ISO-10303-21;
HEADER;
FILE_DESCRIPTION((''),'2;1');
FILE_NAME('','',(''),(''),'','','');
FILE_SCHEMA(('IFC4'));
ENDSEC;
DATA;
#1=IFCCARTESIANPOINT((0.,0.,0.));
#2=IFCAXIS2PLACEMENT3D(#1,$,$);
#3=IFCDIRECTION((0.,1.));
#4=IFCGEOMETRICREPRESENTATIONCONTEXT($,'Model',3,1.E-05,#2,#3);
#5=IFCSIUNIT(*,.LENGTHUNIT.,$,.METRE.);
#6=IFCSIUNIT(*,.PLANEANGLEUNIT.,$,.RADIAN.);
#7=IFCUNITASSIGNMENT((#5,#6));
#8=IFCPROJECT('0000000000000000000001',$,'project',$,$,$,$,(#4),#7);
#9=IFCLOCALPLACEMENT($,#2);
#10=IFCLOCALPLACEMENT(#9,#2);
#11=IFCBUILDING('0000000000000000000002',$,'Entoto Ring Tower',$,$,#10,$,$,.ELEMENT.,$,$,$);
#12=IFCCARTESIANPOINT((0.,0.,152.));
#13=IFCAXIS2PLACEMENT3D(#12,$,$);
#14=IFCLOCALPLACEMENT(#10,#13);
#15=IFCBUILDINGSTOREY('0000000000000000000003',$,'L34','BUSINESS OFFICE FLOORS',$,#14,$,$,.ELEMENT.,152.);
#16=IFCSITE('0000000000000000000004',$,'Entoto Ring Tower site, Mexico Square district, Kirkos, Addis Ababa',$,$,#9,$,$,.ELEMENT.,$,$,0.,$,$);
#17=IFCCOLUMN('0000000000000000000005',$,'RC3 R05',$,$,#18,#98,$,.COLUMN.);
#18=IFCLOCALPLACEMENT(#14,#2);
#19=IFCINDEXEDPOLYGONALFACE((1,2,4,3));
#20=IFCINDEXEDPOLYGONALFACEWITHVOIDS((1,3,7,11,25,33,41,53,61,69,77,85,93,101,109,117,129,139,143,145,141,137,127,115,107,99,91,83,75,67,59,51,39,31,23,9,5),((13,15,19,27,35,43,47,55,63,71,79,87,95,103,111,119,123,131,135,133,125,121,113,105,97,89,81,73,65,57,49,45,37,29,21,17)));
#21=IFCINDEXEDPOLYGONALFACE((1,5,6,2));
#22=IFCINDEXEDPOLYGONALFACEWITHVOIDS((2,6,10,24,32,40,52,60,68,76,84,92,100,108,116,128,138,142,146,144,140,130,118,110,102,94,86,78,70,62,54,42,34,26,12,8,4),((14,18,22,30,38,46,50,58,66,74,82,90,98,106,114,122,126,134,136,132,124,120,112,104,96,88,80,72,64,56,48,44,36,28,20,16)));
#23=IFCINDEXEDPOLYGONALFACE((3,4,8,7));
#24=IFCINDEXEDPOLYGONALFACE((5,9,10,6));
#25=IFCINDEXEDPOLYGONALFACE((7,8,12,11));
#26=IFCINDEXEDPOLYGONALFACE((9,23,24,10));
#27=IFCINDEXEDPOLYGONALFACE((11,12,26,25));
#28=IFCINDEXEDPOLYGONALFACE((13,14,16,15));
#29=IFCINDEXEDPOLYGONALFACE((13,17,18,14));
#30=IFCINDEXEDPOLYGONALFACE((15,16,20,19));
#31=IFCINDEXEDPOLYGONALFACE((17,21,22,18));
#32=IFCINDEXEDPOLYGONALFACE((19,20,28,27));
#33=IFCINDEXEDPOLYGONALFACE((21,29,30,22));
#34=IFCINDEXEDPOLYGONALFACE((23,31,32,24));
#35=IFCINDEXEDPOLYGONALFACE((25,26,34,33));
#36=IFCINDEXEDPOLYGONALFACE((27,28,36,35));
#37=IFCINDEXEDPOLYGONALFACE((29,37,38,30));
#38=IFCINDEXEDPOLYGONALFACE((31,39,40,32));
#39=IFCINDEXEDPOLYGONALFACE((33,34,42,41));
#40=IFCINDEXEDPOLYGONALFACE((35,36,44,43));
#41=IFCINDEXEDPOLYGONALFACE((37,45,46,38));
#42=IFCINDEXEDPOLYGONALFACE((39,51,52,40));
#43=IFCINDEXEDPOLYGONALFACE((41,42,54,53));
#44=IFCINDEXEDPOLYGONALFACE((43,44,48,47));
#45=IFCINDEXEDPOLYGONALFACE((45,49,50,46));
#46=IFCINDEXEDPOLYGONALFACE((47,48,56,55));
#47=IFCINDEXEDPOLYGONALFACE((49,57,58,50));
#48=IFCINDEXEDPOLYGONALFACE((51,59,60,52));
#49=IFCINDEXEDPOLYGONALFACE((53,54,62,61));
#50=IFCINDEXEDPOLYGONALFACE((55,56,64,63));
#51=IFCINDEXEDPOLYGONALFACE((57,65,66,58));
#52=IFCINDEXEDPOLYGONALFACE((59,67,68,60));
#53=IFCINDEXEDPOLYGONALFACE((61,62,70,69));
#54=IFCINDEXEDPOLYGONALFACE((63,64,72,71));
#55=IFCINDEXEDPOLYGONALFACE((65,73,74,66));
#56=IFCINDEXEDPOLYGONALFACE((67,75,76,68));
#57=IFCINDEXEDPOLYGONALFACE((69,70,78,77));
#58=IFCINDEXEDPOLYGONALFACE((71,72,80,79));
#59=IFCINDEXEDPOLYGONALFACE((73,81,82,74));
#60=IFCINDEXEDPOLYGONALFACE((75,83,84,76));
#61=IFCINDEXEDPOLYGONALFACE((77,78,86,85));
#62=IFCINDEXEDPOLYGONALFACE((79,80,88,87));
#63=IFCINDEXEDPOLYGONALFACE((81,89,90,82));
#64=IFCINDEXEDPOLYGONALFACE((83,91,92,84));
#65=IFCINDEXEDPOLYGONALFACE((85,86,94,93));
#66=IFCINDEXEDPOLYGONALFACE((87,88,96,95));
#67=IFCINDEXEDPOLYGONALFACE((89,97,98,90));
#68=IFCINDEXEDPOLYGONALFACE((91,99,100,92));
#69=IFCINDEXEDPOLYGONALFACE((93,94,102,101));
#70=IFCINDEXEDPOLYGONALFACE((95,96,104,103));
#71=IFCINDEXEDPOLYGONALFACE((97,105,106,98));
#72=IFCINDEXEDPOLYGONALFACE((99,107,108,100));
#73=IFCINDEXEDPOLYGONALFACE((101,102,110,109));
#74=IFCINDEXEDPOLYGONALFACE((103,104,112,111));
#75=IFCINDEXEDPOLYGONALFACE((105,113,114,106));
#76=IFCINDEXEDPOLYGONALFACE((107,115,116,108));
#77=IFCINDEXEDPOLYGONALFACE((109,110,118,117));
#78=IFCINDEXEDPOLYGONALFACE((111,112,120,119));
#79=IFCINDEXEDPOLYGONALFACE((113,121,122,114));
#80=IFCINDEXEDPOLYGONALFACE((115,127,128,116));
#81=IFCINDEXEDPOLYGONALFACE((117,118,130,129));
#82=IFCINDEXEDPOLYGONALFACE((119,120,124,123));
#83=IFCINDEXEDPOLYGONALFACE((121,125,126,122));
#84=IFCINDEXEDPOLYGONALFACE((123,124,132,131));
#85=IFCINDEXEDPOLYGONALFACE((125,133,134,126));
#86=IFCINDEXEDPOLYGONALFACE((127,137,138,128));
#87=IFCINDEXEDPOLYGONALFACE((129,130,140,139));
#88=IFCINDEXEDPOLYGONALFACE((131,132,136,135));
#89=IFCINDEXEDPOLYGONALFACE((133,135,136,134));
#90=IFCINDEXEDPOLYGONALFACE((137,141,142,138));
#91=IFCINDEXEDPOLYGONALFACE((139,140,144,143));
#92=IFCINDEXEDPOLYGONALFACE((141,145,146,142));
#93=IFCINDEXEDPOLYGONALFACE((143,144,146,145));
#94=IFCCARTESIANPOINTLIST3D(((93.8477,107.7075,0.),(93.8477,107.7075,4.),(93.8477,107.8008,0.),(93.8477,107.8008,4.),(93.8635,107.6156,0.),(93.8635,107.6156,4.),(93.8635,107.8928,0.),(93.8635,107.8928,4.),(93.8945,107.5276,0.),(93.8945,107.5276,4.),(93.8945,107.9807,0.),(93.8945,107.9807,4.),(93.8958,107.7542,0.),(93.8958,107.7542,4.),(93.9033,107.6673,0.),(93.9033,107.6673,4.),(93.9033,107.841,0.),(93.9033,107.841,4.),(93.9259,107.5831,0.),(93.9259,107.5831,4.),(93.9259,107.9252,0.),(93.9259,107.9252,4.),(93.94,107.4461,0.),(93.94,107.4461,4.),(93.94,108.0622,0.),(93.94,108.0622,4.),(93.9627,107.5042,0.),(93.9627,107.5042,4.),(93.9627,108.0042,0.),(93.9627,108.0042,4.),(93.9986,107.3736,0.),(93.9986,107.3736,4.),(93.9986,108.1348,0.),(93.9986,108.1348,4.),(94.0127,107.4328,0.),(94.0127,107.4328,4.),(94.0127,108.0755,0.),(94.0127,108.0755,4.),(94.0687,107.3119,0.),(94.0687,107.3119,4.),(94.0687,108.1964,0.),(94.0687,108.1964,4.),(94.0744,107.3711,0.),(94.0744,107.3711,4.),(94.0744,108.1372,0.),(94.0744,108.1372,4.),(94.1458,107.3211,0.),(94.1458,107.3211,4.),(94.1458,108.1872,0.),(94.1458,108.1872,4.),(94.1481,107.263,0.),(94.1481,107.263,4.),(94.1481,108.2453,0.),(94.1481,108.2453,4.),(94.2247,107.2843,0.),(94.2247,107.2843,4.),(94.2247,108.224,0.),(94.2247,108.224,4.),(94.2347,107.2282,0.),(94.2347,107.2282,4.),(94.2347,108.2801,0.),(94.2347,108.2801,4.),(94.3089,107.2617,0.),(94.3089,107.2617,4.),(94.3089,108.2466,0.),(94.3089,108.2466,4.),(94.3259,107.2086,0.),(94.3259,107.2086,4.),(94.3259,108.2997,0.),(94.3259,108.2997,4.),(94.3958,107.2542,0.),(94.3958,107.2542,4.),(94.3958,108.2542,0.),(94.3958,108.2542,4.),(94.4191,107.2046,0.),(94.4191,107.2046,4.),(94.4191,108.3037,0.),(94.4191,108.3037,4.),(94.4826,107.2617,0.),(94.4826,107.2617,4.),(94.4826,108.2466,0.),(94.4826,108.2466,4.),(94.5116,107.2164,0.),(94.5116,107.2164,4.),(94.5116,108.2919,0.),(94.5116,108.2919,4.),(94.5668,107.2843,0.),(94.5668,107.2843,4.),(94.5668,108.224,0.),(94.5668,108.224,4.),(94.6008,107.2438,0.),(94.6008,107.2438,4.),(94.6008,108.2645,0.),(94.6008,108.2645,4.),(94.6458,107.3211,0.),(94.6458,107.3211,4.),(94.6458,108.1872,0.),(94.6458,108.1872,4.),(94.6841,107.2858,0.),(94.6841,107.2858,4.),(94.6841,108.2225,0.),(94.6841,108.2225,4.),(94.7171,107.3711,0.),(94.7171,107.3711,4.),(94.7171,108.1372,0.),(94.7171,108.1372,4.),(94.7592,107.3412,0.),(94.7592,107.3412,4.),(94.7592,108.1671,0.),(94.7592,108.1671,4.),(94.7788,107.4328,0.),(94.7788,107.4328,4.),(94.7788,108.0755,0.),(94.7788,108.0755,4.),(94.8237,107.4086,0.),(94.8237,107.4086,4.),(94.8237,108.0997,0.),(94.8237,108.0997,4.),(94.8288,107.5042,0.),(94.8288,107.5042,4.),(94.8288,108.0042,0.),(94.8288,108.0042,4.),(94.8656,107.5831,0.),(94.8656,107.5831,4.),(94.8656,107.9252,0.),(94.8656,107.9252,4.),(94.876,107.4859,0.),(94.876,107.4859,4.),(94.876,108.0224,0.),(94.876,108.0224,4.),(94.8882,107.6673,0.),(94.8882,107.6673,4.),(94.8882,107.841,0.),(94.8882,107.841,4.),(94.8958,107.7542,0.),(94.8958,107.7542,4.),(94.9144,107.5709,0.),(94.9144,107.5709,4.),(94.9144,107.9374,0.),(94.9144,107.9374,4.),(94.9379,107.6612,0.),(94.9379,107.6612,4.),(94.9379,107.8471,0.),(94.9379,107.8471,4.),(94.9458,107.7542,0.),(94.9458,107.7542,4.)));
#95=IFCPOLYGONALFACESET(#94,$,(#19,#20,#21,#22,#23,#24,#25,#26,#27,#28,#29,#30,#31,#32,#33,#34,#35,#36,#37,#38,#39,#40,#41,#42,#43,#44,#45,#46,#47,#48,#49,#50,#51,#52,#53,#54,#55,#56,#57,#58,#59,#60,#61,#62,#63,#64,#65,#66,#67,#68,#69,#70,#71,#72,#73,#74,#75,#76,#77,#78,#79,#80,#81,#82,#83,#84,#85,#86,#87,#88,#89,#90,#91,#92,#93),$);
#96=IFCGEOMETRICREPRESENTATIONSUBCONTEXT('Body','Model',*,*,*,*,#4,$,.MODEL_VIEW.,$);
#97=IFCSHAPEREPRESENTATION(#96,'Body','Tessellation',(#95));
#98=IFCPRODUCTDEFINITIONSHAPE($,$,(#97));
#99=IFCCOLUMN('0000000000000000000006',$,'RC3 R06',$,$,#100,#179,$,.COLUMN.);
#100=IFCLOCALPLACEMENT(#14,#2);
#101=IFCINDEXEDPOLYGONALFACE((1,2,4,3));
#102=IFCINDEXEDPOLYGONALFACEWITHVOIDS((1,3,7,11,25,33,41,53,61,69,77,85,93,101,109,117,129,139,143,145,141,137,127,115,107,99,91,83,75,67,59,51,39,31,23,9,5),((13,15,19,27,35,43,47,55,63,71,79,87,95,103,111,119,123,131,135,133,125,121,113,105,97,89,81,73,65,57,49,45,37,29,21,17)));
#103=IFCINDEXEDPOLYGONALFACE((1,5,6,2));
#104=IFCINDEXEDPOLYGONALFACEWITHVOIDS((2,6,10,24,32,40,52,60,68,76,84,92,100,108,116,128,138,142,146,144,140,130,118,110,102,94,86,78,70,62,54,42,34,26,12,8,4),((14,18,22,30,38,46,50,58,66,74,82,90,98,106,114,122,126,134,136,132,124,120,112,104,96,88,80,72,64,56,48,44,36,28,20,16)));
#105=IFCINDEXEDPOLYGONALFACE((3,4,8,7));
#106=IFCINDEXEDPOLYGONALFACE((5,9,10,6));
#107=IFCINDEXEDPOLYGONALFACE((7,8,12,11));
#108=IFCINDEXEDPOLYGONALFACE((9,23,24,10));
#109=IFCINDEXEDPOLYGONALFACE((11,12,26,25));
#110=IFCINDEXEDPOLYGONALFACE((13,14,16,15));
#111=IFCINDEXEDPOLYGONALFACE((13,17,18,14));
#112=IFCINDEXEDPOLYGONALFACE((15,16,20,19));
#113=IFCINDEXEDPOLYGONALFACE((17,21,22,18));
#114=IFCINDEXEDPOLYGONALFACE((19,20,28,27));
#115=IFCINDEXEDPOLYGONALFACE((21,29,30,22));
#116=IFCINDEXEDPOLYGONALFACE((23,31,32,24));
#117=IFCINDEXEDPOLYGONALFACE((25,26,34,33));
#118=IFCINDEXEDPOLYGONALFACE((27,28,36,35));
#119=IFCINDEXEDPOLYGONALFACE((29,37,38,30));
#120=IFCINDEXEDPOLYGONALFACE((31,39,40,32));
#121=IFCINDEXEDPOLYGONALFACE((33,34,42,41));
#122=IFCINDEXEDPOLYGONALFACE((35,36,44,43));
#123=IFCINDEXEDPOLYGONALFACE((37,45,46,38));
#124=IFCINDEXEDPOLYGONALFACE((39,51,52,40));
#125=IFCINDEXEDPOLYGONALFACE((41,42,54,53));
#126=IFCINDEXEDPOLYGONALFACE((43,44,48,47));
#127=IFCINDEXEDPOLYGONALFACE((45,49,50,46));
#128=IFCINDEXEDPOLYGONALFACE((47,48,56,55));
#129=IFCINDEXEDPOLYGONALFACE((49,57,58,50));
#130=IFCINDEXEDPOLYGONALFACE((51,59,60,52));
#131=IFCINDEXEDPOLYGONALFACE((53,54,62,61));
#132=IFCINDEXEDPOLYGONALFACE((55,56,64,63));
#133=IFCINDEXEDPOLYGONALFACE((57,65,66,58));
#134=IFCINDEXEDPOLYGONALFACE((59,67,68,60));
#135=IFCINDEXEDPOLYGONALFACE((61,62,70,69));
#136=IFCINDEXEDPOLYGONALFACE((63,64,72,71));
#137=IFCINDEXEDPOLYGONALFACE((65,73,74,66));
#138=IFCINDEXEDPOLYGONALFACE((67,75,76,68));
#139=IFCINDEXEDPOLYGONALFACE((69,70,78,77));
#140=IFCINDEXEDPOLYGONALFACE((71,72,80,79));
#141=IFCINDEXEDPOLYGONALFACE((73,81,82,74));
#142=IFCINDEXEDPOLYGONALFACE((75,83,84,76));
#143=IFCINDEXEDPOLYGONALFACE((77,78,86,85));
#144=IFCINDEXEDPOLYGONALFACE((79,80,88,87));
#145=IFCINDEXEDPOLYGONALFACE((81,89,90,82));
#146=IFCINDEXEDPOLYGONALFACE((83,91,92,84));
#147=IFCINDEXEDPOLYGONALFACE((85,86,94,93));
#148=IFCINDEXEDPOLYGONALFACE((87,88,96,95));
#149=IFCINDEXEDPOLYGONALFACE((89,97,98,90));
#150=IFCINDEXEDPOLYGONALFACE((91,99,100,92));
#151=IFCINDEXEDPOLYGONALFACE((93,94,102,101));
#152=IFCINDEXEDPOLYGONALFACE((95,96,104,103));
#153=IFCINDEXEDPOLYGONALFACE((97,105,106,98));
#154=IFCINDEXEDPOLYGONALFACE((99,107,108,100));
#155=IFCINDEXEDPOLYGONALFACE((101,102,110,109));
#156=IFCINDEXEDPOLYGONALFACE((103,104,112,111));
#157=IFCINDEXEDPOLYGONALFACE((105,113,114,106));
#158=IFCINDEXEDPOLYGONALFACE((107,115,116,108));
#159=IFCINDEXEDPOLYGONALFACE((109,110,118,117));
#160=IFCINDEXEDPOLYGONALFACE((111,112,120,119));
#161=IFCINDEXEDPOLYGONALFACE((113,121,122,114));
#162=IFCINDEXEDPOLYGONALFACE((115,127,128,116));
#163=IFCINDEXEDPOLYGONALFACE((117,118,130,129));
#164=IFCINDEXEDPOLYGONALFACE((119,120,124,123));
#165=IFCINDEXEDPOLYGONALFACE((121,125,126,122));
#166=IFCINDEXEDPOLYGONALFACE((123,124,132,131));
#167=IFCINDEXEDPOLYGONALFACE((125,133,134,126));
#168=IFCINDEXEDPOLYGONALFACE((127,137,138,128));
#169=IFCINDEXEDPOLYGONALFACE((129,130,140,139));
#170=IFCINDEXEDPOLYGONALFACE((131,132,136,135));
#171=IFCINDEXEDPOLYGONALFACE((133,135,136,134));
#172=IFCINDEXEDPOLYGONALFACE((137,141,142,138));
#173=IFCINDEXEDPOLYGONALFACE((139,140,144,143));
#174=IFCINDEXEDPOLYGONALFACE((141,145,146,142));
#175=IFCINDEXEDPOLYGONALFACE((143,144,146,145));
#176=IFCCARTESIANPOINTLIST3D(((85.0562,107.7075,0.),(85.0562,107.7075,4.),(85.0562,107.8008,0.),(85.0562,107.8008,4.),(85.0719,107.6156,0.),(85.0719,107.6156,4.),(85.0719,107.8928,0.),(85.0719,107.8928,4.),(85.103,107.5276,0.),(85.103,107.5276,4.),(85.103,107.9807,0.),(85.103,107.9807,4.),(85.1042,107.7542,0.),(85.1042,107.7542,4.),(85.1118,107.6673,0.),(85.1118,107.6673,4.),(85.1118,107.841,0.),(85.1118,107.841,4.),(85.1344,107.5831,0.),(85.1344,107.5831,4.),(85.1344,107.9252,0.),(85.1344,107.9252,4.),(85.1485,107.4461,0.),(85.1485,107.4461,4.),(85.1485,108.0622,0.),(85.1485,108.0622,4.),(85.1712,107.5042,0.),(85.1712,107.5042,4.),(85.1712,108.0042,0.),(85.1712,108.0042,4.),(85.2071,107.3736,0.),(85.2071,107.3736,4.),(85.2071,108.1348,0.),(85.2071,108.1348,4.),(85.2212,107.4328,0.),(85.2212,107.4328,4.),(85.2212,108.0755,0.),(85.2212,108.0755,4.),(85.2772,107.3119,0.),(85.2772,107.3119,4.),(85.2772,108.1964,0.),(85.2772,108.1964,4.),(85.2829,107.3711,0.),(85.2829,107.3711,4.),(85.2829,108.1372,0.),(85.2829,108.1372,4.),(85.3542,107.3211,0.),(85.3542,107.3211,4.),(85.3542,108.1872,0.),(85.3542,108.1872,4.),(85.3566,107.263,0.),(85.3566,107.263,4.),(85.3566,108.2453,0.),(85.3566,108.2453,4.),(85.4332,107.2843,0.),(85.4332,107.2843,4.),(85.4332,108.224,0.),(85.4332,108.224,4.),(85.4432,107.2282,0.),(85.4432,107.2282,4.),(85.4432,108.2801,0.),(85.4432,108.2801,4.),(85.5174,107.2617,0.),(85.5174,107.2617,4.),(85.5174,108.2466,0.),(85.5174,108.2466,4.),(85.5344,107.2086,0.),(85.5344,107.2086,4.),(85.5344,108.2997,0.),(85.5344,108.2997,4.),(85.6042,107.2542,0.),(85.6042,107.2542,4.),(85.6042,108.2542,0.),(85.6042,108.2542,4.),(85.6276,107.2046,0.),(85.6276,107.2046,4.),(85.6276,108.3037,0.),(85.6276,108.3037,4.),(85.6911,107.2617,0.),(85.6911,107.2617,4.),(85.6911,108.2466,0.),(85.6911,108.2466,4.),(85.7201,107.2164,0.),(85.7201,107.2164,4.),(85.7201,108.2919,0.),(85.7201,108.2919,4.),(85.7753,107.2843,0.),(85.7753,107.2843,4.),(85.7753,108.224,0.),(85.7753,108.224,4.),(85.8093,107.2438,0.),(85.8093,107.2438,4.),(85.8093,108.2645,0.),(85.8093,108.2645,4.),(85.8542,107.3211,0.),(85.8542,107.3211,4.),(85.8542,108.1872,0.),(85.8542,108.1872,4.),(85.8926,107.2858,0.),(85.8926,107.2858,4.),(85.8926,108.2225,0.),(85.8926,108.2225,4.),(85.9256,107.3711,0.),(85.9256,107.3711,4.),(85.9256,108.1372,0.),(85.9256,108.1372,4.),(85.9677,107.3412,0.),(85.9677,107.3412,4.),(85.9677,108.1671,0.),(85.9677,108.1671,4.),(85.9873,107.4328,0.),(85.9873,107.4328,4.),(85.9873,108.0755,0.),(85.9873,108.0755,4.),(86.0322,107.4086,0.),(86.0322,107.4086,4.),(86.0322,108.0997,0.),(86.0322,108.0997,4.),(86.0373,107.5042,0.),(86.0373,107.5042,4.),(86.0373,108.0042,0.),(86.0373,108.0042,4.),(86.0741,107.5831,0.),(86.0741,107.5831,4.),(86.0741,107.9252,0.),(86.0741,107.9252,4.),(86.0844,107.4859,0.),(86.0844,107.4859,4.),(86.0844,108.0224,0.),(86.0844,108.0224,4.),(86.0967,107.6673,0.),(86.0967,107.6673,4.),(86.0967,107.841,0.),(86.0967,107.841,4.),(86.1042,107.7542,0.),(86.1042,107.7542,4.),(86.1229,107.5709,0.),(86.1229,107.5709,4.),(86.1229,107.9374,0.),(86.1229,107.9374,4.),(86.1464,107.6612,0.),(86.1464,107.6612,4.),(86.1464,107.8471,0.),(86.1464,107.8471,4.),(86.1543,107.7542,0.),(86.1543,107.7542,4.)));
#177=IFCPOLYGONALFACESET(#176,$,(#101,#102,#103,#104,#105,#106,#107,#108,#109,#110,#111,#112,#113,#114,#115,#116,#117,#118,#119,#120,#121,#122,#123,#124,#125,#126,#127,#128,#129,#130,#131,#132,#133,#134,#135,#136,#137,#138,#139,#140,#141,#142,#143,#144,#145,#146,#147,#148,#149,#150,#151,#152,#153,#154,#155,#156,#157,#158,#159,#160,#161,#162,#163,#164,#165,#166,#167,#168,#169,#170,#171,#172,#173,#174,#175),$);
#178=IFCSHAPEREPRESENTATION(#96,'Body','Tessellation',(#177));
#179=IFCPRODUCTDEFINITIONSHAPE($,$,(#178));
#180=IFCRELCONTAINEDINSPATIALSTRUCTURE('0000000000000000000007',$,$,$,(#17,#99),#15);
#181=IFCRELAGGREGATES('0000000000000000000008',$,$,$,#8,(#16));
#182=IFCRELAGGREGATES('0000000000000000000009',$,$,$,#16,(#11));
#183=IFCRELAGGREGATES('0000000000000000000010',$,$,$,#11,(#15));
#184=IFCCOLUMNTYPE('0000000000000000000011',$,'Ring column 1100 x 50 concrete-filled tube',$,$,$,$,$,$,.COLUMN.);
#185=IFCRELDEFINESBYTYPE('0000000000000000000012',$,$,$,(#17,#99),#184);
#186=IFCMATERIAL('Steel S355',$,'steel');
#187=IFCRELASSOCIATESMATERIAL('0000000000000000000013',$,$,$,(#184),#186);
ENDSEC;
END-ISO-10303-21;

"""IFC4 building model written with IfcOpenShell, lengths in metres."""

from ifc_helpers import new_model, si_unit, direction, frame, origin, origin_2d, place, context, subcontext, project, spatial, circle, hollow_circle, extrude, material, material_profile, profile_set, type_object, element, save


model = new_model("IFC4")

# Units and contexts
model_context = context("Model", 3, precision=1e-05, world=origin(), true_north=direction((0.0, 1.0)))
body_context = subcontext(model_context, "Body", "Model", "MODEL_VIEW")
ifc_project = project(units=[si_unit("LENGTHUNIT", "METRE"), si_unit("PLANEANGLEUNIT", "RADIAN")], contexts=[model_context])

# Site, building, storey
site_placement = place(None, origin())
site = spatial("IfcSite", under=ifc_project, at=site_placement, Name="Entoto Ring Tower site, Mexico Square district, Kirkos, Addis Ababa", CompositionType="ELEMENT", RefElevation=0.0)
building_placement = place(site_placement, origin())
building = spatial("IfcBuilding", under=site, at=building_placement, Name="Entoto Ring Tower", CompositionType="ELEMENT")
storey_placement = place(building_placement, frame((0.0, 0.0, 152.0)))
storey = spatial("IfcBuildingStorey", under=building, at=storey_placement, Name="L34", Description="BUSINESS OFFICE FLOORS", CompositionType="ELEMENT", Elevation=152.0)

# Columns
ifc_material_1 = material(Name="Steel S355", Category="steel")
ifc_material_profile_1 = material_profile(ifc_material_1, hollow_circle(Radius=0.55, WallThickness=0.05, at=origin_2d()), Name="CHS 1100 x 50")
ifc_material_2 = material(Name="Concrete C60/75", Category="concrete")
ifc_material_profile_2 = material_profile(ifc_material_2, circle(Radius=0.5, at=origin_2d()), Name="Concrete C60/75 infill")
ifc_profile_set_1 = profile_set([ifc_material_profile_1, ifc_material_profile_2], Name="Steel S355")
column_type = type_object("IfcColumnType", Name="Ring column 1100 x 50 concrete-filled tube", PredefinedType="COLUMN", material=ifc_profile_set_1)
for number, where, z_axis, x_axis, name in (
    (1, (94.3958, 107.7542, 0.0), (0.0, 0.0, 1.0), (1.0, 0.0, 0.0), "RC3 R05"),
    (2, (85.6042, 107.7542, 0.0), (0.0, 0.0, 1.0), (1.0, 0.0, 0.0), "RC3 R06"),
):
    element("IfcColumn", number, at=place(storey_placement, frame(where, z_axis=z_axis, x_axis=x_axis)), inside=storey, type_object=column_type, Name=name, PredefinedType="COLUMN", context=body_context, shape_type="SweptSolid", body=[
        extrude(hollow_circle(Radius=0.55, WallThickness=0.05, at=origin_2d()), origin(), (0.0, 0.0, 1.0), 4.0),
    ])

save(model, "model.ifc")
